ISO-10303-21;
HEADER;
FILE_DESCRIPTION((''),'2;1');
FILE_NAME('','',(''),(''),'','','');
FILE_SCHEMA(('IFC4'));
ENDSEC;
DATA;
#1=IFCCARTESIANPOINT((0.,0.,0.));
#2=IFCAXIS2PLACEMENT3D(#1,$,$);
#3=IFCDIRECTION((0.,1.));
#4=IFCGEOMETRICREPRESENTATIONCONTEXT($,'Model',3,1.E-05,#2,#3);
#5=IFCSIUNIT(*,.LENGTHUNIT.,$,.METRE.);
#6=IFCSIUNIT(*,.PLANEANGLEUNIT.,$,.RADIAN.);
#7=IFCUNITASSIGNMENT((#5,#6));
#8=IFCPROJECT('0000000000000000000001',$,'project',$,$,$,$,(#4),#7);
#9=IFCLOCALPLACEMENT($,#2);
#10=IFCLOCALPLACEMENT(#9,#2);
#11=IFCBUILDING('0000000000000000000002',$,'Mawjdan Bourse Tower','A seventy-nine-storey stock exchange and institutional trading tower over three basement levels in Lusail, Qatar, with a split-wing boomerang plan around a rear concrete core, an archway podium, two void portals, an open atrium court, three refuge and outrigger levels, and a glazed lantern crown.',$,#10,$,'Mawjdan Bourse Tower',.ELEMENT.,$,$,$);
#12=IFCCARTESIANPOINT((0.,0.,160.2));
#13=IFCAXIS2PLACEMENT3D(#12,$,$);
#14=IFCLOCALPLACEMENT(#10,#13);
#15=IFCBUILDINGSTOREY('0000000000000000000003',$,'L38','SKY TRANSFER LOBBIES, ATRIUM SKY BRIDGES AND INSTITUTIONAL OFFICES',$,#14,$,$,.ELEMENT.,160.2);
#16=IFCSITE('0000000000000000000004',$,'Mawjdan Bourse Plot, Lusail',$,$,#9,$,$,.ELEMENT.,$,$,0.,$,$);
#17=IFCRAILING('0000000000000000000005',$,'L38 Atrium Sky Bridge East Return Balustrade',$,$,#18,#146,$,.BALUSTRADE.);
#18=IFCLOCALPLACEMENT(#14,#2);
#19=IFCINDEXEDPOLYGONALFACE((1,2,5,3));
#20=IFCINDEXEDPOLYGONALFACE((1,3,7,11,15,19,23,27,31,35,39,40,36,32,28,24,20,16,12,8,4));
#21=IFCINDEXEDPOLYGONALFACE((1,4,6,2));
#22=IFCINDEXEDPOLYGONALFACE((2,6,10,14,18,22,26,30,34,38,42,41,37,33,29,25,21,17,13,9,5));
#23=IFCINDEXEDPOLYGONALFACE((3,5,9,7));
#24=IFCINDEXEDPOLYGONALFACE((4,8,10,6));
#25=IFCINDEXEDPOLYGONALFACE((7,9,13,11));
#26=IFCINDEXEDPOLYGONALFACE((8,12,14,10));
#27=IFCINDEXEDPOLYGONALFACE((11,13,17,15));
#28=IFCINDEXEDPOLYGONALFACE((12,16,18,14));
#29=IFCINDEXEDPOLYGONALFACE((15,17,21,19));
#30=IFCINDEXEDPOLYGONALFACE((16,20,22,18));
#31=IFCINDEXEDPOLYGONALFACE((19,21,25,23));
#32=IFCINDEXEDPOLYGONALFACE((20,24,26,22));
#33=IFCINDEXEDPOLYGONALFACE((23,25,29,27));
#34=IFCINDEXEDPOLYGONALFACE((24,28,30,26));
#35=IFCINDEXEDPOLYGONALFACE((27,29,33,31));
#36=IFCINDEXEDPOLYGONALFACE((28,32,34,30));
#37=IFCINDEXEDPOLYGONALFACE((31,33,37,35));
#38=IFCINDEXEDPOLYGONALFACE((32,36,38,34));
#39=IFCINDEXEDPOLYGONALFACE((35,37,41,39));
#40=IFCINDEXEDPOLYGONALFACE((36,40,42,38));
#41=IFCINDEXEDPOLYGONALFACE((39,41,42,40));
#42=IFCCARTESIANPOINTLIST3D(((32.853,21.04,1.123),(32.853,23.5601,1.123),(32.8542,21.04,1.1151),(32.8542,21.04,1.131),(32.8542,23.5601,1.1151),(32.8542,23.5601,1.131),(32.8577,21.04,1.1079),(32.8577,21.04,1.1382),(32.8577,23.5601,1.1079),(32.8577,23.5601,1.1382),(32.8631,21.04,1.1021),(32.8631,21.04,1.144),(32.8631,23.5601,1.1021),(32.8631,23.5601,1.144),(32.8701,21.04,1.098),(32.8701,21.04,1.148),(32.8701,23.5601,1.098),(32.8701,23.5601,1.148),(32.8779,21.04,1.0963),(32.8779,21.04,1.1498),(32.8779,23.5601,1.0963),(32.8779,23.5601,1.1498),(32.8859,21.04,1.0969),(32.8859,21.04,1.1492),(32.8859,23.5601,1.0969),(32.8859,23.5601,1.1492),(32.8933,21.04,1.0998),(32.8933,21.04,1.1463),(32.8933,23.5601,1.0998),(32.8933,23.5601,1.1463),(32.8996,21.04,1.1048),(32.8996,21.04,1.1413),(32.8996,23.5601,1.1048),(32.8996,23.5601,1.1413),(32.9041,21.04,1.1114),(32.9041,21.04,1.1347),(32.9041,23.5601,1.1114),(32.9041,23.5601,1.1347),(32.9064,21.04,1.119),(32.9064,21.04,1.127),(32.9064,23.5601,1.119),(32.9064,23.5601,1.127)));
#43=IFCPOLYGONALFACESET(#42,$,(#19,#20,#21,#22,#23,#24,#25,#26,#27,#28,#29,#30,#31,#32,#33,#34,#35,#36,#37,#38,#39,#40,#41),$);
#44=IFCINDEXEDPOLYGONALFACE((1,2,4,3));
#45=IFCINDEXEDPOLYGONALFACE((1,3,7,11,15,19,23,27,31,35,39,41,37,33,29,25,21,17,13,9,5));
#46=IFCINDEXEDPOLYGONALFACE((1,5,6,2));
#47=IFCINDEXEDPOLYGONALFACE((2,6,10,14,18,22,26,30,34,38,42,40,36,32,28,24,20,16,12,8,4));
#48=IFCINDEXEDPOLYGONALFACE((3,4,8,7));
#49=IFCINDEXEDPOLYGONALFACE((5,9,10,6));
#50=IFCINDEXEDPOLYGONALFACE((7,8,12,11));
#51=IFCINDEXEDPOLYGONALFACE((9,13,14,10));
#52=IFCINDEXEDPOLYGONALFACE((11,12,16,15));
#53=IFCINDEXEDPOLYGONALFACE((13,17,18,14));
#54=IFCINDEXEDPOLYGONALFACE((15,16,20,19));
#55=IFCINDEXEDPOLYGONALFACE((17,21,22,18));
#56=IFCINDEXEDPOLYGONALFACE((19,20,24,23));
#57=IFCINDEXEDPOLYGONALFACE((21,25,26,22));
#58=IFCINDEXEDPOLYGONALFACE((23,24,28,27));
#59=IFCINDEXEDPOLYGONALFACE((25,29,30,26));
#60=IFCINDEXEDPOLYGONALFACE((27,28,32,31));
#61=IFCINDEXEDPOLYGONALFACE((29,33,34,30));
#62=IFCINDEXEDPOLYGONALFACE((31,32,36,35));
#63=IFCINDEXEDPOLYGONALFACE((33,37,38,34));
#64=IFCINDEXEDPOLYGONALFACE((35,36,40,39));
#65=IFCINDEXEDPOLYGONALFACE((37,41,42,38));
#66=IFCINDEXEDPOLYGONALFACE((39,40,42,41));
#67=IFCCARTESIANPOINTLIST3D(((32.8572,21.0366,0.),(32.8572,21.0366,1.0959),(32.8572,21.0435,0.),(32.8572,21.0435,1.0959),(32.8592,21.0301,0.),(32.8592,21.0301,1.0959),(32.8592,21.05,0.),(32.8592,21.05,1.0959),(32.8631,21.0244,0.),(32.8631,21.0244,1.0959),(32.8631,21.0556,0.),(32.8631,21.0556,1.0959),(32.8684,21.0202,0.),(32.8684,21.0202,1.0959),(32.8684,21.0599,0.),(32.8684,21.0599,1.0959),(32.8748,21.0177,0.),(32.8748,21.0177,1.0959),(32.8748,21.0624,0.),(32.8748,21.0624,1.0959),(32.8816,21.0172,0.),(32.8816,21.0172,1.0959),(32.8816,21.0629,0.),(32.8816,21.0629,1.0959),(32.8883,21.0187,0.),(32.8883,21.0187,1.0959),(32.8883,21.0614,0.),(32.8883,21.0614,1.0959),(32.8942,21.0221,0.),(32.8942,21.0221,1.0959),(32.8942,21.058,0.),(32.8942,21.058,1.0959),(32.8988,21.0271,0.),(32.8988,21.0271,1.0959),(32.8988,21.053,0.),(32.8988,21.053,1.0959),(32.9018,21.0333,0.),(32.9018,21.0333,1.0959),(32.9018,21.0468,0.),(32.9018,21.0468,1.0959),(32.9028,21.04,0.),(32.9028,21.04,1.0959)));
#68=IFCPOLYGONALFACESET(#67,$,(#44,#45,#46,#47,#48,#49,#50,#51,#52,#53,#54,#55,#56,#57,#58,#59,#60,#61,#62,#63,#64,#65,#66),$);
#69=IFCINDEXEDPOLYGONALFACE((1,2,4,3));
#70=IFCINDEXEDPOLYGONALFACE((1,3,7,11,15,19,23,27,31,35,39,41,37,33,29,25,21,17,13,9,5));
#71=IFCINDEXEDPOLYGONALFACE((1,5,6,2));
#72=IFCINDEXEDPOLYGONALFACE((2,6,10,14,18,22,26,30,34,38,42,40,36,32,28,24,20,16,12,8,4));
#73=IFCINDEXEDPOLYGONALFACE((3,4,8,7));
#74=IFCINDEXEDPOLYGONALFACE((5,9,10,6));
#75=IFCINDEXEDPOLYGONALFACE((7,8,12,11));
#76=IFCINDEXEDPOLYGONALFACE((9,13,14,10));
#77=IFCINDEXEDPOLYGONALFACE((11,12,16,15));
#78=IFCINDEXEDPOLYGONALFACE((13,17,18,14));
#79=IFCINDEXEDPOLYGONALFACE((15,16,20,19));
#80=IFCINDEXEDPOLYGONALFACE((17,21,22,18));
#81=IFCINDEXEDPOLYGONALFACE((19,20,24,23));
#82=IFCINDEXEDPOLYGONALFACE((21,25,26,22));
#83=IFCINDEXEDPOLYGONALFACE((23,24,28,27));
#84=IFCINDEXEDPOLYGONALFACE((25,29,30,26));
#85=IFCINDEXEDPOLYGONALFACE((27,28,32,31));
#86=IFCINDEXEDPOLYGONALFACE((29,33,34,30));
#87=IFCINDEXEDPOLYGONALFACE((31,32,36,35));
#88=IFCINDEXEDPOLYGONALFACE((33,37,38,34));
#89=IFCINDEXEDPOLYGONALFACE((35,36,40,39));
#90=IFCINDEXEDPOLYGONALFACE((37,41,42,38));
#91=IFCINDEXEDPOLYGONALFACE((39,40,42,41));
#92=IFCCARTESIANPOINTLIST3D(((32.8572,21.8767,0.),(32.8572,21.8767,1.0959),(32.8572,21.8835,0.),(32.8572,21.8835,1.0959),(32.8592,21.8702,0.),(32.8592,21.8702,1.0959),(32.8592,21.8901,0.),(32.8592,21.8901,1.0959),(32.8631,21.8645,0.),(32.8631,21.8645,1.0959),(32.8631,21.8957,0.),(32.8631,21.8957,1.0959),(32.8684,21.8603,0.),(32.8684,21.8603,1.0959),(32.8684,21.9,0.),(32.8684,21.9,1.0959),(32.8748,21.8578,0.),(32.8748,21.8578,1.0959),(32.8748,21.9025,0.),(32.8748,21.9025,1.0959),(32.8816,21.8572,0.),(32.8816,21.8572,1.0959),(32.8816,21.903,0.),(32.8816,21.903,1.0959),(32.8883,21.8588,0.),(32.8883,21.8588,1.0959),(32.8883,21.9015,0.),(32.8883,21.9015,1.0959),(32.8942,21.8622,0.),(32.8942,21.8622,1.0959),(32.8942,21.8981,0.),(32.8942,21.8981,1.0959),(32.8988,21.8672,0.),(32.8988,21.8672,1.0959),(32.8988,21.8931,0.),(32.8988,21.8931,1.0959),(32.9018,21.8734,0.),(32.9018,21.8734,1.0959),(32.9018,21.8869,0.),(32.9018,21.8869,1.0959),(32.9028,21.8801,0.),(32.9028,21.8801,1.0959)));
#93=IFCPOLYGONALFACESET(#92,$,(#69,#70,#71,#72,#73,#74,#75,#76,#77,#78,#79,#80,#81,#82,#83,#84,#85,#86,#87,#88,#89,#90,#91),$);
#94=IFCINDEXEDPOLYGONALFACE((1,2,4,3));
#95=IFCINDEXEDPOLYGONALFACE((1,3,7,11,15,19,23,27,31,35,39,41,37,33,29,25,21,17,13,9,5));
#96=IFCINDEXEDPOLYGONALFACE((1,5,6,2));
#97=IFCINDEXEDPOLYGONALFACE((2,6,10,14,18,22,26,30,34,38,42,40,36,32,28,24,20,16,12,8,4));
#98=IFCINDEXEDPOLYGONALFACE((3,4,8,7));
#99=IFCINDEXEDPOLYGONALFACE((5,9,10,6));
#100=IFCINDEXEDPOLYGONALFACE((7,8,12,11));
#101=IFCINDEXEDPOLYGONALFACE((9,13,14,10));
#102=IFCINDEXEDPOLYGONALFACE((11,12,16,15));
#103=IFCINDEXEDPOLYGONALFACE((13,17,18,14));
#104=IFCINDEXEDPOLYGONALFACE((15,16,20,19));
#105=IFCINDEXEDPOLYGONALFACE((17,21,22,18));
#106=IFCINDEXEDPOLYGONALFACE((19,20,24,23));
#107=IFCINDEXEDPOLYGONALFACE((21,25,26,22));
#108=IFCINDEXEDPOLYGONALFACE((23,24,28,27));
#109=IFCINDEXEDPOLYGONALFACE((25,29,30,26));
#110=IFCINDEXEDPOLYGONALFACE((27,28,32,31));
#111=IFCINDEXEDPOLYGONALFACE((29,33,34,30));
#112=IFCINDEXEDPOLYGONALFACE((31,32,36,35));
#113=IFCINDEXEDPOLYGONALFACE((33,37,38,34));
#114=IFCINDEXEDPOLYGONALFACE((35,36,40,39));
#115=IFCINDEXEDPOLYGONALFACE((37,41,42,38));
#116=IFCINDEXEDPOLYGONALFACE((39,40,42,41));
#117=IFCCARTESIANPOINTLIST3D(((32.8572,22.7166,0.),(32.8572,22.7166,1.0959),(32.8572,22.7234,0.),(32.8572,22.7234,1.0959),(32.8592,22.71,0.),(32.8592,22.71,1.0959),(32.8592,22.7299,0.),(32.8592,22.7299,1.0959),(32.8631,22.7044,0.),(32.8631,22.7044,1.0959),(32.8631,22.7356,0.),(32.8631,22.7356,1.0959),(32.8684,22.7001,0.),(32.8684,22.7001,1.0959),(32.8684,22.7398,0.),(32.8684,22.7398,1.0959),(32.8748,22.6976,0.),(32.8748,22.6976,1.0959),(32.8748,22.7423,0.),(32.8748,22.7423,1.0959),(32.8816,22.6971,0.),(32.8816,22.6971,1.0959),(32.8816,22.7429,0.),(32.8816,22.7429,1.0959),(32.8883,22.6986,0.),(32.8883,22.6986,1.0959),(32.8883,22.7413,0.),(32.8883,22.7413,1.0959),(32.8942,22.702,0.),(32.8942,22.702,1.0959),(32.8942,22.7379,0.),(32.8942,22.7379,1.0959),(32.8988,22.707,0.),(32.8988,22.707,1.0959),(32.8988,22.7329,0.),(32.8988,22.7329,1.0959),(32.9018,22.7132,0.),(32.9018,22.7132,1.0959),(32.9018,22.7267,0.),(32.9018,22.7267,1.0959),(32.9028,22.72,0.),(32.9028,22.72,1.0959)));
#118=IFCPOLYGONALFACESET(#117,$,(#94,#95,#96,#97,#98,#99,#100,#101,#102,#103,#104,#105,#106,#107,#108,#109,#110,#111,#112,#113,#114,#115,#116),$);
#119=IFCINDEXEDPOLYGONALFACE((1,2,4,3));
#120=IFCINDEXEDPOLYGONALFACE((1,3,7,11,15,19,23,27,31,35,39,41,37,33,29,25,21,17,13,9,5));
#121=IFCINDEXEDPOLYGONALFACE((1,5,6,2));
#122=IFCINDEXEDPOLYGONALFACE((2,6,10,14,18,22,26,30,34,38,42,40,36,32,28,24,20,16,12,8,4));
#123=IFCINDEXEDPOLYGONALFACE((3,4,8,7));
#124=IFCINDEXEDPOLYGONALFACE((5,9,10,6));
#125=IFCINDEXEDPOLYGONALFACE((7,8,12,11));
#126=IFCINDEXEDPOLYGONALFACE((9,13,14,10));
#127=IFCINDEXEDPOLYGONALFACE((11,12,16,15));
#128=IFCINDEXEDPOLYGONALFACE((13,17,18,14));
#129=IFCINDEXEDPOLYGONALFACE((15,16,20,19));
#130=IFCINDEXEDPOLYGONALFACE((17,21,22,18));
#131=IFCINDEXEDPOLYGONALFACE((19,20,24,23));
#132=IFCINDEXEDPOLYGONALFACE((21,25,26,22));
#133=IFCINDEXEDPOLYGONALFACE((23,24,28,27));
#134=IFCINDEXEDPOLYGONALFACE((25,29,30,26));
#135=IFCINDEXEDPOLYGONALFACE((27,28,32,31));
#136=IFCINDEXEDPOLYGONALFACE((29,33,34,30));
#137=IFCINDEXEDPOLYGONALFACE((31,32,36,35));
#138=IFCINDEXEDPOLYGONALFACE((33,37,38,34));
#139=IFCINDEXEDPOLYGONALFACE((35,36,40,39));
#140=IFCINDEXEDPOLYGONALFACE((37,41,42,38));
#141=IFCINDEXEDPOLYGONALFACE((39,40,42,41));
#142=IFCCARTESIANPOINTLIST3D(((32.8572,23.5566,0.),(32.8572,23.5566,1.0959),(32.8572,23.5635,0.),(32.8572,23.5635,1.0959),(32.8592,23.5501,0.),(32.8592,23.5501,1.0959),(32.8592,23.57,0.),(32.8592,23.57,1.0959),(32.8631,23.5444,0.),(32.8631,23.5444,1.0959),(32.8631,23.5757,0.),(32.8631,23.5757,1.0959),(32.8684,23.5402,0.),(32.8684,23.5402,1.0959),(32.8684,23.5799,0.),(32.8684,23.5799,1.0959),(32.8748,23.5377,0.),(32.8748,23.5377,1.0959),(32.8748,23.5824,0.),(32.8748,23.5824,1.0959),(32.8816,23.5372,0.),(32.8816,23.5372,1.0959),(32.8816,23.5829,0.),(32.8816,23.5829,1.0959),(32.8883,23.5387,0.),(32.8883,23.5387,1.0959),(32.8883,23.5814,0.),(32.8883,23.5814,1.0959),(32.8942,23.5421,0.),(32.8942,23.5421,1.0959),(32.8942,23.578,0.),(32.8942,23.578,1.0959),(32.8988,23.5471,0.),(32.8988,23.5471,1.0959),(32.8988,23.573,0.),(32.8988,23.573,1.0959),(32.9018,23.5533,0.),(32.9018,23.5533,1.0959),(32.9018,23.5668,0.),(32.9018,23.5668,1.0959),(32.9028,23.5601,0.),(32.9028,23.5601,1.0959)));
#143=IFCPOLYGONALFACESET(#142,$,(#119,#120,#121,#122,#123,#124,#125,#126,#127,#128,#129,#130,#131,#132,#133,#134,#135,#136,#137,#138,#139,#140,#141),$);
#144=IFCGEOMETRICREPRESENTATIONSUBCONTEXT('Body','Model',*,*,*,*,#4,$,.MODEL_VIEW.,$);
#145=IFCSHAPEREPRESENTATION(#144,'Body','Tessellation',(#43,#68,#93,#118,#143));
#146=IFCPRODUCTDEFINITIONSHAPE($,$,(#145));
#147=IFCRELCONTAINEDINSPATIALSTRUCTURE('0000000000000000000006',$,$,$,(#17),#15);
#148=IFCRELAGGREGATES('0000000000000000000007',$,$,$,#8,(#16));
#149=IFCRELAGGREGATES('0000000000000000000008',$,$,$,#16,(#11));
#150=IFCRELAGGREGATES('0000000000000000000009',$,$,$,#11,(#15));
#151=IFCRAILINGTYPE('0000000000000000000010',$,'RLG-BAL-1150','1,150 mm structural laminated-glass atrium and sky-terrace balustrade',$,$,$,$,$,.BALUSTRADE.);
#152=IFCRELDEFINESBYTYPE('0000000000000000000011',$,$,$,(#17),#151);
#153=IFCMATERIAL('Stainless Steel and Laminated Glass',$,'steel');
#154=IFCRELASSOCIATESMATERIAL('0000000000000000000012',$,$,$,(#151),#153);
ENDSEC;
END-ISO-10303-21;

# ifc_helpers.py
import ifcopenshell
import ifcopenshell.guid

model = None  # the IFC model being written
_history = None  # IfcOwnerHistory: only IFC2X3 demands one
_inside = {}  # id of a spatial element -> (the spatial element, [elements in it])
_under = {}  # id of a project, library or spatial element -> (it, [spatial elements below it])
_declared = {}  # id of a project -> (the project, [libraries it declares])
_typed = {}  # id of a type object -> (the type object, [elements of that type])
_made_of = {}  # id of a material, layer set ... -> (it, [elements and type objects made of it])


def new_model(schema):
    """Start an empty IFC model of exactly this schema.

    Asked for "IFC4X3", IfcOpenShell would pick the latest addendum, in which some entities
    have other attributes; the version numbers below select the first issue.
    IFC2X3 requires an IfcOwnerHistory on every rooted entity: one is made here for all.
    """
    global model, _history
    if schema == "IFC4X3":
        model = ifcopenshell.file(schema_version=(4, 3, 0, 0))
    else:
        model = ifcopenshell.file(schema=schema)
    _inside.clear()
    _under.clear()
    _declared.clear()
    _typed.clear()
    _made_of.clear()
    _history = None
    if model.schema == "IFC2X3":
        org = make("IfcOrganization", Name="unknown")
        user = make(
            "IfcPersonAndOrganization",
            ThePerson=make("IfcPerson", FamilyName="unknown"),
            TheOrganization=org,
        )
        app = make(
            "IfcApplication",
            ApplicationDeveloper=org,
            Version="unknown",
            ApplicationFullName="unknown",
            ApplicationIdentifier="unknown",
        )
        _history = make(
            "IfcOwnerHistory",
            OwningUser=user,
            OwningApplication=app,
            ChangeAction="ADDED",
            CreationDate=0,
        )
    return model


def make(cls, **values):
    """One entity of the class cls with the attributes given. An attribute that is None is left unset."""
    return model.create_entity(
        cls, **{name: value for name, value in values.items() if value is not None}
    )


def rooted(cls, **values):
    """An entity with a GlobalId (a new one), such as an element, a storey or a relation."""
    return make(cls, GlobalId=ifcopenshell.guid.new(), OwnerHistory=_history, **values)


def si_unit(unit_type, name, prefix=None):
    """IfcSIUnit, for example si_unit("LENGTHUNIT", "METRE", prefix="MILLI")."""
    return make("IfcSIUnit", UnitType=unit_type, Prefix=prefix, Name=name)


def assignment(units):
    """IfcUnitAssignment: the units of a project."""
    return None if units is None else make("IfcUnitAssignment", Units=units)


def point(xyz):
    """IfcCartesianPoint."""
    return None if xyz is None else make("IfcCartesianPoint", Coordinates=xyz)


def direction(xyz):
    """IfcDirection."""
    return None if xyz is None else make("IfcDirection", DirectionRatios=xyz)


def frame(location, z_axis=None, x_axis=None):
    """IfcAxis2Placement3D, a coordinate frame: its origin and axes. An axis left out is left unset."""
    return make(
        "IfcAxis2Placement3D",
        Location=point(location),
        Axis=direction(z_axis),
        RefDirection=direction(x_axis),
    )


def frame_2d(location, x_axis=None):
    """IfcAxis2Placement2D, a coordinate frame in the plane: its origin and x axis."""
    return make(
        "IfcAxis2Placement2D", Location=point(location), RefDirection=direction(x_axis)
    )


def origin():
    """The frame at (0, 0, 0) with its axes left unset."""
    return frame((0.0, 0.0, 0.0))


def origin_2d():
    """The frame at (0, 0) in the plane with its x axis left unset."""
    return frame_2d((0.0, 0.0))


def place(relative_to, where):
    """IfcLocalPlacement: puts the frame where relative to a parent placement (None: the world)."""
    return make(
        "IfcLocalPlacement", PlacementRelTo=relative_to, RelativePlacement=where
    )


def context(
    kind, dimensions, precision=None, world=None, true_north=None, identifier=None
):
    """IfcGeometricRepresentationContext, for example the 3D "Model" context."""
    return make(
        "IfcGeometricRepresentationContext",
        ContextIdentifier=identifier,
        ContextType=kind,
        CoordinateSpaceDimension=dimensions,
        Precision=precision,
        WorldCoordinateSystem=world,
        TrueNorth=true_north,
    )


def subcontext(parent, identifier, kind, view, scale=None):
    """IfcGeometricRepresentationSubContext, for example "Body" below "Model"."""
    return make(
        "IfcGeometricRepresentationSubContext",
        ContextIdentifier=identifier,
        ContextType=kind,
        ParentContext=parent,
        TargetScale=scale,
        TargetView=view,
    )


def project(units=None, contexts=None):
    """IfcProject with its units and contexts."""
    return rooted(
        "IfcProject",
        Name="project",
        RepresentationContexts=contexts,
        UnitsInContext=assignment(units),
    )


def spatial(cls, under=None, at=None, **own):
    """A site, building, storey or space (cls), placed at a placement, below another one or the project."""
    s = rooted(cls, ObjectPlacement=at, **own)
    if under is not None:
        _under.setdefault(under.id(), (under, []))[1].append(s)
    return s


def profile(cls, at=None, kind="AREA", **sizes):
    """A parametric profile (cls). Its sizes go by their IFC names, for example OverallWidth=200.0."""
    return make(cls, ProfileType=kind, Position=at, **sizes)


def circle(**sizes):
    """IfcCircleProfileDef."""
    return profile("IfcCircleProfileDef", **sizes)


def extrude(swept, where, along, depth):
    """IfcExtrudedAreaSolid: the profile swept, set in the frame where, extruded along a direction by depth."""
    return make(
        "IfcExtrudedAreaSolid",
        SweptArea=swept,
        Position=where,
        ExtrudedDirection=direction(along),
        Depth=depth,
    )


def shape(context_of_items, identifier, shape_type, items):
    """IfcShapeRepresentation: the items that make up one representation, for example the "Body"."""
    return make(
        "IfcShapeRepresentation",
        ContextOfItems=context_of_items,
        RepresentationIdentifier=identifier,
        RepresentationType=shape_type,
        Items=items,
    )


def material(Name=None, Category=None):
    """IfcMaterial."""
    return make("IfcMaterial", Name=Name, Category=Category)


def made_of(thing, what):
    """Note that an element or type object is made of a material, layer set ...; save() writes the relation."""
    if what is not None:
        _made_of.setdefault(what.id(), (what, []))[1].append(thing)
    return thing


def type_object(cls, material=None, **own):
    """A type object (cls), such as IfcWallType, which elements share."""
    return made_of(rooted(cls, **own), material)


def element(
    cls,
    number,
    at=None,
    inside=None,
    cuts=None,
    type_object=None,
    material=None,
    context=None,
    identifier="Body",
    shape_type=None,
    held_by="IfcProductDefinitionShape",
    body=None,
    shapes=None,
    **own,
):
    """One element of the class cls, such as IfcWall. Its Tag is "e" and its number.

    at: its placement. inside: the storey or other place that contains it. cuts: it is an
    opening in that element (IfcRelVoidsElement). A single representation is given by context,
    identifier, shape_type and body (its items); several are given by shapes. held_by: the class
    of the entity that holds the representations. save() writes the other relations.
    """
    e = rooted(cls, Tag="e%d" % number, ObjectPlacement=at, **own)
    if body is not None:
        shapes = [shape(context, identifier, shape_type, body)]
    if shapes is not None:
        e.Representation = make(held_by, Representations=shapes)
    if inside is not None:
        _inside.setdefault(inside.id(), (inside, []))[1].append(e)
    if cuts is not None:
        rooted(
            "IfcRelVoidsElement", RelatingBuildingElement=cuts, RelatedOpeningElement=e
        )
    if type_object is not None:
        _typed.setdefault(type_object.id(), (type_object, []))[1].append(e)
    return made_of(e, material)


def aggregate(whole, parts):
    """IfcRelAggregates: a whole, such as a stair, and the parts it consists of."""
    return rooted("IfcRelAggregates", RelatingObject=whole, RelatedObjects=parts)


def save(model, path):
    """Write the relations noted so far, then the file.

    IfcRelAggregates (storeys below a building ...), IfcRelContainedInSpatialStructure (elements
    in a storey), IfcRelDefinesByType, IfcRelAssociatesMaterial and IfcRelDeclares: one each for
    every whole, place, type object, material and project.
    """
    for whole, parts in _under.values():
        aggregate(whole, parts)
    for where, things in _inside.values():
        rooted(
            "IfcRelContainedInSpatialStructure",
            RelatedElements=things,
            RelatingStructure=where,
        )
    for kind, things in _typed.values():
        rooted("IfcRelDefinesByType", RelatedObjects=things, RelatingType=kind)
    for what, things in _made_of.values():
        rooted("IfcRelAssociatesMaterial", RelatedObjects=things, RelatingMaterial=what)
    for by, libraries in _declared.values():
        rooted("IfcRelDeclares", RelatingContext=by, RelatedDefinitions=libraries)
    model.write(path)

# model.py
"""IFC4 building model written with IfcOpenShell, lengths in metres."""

from ifc_helpers import new_model, si_unit, direction, frame, origin, origin_2d, place, context, subcontext, project, spatial, circle, extrude, material, type_object, element, save


model = new_model("IFC4")

# Units and contexts
model_context = context("Model", 3, precision=1e-05, world=origin(), true_north=direction((0.0, 1.0)))
body_context = subcontext(model_context, "Body", "Model", "MODEL_VIEW")
ifc_project = project(units=[si_unit("LENGTHUNIT", "METRE"), si_unit("PLANEANGLEUNIT", "RADIAN")], contexts=[model_context])

# Site, building, storey
site_placement = place(None, origin())
site = spatial("IfcSite", under=ifc_project, at=site_placement, Name="Mawjdan Bourse Plot, Lusail", CompositionType="ELEMENT", RefElevation=0.0)
building_placement = place(site_placement, origin())
building = spatial("IfcBuilding", under=site, at=building_placement, Name="Mawjdan Bourse Tower", Description="A seventy-nine-storey stock exchange and institutional trading tower over three basement levels in Lusail, Qatar, with a split-wing boomerang plan around a rear concrete core, an archway podium, two void portals, an open atrium court, three refuge and outrigger levels, and a glazed lantern crown.", LongName="Mawjdan Bourse Tower", CompositionType="ELEMENT")
storey_placement = place(building_placement, frame((0.0, 0.0, 160.2)))
storey = spatial("IfcBuildingStorey", under=building, at=storey_placement, Name="L38", Description="SKY TRANSFER LOBBIES, ATRIUM SKY BRIDGES AND INSTITUTIONAL OFFICES", CompositionType="ELEMENT", Elevation=160.2)

# Railing
ifc_material_1 = material(Name="Stainless Steel and Laminated Glass", Category="steel")
railing_type = type_object("IfcRailingType", Name="RLG-BAL-1150", Description="1,150 mm structural laminated-glass atrium and sky-terrace balustrade", PredefinedType="BALUSTRADE", material=ifc_material_1)
railing_placement = place(storey_placement, frame((32.8799, 21.04, 0.0)))
element("IfcRailing", 1, at=railing_placement, inside=storey, type_object=railing_type, Name="L38 Atrium Sky Bridge East Return Balustrade", PredefinedType="BALUSTRADE", context=body_context, shape_type="SweptSolid", body=[
    extrude(circle(Radius=0.0269, at=origin_2d()), frame((0.0, 0.0, 1.123), z_axis=(0.0, 1.0, 0.0), x_axis=(-1.0, 0.0, 0.0)), (0.0, 0.0, 1.0), 2.52),
    extrude(circle(Radius=0.0229, at=origin_2d()), origin(), (0.0, 0.0, 1.0), 1.0959),
    extrude(circle(Radius=0.0229, at=origin_2d()), frame((0.0, 0.8401, 0.0)), (0.0, 0.0, 1.0), 1.0959),
    extrude(circle(Radius=0.0229, at=origin_2d()), frame((0.0, 1.6799, 0.0)), (0.0, 0.0, 1.0), 1.0959),
    extrude(circle(Radius=0.0229, at=origin_2d()), frame((0.0, 2.52, 0.0)), (0.0, 0.0, 1.0), 1.0959),
])

save(model, "model.ifc")
